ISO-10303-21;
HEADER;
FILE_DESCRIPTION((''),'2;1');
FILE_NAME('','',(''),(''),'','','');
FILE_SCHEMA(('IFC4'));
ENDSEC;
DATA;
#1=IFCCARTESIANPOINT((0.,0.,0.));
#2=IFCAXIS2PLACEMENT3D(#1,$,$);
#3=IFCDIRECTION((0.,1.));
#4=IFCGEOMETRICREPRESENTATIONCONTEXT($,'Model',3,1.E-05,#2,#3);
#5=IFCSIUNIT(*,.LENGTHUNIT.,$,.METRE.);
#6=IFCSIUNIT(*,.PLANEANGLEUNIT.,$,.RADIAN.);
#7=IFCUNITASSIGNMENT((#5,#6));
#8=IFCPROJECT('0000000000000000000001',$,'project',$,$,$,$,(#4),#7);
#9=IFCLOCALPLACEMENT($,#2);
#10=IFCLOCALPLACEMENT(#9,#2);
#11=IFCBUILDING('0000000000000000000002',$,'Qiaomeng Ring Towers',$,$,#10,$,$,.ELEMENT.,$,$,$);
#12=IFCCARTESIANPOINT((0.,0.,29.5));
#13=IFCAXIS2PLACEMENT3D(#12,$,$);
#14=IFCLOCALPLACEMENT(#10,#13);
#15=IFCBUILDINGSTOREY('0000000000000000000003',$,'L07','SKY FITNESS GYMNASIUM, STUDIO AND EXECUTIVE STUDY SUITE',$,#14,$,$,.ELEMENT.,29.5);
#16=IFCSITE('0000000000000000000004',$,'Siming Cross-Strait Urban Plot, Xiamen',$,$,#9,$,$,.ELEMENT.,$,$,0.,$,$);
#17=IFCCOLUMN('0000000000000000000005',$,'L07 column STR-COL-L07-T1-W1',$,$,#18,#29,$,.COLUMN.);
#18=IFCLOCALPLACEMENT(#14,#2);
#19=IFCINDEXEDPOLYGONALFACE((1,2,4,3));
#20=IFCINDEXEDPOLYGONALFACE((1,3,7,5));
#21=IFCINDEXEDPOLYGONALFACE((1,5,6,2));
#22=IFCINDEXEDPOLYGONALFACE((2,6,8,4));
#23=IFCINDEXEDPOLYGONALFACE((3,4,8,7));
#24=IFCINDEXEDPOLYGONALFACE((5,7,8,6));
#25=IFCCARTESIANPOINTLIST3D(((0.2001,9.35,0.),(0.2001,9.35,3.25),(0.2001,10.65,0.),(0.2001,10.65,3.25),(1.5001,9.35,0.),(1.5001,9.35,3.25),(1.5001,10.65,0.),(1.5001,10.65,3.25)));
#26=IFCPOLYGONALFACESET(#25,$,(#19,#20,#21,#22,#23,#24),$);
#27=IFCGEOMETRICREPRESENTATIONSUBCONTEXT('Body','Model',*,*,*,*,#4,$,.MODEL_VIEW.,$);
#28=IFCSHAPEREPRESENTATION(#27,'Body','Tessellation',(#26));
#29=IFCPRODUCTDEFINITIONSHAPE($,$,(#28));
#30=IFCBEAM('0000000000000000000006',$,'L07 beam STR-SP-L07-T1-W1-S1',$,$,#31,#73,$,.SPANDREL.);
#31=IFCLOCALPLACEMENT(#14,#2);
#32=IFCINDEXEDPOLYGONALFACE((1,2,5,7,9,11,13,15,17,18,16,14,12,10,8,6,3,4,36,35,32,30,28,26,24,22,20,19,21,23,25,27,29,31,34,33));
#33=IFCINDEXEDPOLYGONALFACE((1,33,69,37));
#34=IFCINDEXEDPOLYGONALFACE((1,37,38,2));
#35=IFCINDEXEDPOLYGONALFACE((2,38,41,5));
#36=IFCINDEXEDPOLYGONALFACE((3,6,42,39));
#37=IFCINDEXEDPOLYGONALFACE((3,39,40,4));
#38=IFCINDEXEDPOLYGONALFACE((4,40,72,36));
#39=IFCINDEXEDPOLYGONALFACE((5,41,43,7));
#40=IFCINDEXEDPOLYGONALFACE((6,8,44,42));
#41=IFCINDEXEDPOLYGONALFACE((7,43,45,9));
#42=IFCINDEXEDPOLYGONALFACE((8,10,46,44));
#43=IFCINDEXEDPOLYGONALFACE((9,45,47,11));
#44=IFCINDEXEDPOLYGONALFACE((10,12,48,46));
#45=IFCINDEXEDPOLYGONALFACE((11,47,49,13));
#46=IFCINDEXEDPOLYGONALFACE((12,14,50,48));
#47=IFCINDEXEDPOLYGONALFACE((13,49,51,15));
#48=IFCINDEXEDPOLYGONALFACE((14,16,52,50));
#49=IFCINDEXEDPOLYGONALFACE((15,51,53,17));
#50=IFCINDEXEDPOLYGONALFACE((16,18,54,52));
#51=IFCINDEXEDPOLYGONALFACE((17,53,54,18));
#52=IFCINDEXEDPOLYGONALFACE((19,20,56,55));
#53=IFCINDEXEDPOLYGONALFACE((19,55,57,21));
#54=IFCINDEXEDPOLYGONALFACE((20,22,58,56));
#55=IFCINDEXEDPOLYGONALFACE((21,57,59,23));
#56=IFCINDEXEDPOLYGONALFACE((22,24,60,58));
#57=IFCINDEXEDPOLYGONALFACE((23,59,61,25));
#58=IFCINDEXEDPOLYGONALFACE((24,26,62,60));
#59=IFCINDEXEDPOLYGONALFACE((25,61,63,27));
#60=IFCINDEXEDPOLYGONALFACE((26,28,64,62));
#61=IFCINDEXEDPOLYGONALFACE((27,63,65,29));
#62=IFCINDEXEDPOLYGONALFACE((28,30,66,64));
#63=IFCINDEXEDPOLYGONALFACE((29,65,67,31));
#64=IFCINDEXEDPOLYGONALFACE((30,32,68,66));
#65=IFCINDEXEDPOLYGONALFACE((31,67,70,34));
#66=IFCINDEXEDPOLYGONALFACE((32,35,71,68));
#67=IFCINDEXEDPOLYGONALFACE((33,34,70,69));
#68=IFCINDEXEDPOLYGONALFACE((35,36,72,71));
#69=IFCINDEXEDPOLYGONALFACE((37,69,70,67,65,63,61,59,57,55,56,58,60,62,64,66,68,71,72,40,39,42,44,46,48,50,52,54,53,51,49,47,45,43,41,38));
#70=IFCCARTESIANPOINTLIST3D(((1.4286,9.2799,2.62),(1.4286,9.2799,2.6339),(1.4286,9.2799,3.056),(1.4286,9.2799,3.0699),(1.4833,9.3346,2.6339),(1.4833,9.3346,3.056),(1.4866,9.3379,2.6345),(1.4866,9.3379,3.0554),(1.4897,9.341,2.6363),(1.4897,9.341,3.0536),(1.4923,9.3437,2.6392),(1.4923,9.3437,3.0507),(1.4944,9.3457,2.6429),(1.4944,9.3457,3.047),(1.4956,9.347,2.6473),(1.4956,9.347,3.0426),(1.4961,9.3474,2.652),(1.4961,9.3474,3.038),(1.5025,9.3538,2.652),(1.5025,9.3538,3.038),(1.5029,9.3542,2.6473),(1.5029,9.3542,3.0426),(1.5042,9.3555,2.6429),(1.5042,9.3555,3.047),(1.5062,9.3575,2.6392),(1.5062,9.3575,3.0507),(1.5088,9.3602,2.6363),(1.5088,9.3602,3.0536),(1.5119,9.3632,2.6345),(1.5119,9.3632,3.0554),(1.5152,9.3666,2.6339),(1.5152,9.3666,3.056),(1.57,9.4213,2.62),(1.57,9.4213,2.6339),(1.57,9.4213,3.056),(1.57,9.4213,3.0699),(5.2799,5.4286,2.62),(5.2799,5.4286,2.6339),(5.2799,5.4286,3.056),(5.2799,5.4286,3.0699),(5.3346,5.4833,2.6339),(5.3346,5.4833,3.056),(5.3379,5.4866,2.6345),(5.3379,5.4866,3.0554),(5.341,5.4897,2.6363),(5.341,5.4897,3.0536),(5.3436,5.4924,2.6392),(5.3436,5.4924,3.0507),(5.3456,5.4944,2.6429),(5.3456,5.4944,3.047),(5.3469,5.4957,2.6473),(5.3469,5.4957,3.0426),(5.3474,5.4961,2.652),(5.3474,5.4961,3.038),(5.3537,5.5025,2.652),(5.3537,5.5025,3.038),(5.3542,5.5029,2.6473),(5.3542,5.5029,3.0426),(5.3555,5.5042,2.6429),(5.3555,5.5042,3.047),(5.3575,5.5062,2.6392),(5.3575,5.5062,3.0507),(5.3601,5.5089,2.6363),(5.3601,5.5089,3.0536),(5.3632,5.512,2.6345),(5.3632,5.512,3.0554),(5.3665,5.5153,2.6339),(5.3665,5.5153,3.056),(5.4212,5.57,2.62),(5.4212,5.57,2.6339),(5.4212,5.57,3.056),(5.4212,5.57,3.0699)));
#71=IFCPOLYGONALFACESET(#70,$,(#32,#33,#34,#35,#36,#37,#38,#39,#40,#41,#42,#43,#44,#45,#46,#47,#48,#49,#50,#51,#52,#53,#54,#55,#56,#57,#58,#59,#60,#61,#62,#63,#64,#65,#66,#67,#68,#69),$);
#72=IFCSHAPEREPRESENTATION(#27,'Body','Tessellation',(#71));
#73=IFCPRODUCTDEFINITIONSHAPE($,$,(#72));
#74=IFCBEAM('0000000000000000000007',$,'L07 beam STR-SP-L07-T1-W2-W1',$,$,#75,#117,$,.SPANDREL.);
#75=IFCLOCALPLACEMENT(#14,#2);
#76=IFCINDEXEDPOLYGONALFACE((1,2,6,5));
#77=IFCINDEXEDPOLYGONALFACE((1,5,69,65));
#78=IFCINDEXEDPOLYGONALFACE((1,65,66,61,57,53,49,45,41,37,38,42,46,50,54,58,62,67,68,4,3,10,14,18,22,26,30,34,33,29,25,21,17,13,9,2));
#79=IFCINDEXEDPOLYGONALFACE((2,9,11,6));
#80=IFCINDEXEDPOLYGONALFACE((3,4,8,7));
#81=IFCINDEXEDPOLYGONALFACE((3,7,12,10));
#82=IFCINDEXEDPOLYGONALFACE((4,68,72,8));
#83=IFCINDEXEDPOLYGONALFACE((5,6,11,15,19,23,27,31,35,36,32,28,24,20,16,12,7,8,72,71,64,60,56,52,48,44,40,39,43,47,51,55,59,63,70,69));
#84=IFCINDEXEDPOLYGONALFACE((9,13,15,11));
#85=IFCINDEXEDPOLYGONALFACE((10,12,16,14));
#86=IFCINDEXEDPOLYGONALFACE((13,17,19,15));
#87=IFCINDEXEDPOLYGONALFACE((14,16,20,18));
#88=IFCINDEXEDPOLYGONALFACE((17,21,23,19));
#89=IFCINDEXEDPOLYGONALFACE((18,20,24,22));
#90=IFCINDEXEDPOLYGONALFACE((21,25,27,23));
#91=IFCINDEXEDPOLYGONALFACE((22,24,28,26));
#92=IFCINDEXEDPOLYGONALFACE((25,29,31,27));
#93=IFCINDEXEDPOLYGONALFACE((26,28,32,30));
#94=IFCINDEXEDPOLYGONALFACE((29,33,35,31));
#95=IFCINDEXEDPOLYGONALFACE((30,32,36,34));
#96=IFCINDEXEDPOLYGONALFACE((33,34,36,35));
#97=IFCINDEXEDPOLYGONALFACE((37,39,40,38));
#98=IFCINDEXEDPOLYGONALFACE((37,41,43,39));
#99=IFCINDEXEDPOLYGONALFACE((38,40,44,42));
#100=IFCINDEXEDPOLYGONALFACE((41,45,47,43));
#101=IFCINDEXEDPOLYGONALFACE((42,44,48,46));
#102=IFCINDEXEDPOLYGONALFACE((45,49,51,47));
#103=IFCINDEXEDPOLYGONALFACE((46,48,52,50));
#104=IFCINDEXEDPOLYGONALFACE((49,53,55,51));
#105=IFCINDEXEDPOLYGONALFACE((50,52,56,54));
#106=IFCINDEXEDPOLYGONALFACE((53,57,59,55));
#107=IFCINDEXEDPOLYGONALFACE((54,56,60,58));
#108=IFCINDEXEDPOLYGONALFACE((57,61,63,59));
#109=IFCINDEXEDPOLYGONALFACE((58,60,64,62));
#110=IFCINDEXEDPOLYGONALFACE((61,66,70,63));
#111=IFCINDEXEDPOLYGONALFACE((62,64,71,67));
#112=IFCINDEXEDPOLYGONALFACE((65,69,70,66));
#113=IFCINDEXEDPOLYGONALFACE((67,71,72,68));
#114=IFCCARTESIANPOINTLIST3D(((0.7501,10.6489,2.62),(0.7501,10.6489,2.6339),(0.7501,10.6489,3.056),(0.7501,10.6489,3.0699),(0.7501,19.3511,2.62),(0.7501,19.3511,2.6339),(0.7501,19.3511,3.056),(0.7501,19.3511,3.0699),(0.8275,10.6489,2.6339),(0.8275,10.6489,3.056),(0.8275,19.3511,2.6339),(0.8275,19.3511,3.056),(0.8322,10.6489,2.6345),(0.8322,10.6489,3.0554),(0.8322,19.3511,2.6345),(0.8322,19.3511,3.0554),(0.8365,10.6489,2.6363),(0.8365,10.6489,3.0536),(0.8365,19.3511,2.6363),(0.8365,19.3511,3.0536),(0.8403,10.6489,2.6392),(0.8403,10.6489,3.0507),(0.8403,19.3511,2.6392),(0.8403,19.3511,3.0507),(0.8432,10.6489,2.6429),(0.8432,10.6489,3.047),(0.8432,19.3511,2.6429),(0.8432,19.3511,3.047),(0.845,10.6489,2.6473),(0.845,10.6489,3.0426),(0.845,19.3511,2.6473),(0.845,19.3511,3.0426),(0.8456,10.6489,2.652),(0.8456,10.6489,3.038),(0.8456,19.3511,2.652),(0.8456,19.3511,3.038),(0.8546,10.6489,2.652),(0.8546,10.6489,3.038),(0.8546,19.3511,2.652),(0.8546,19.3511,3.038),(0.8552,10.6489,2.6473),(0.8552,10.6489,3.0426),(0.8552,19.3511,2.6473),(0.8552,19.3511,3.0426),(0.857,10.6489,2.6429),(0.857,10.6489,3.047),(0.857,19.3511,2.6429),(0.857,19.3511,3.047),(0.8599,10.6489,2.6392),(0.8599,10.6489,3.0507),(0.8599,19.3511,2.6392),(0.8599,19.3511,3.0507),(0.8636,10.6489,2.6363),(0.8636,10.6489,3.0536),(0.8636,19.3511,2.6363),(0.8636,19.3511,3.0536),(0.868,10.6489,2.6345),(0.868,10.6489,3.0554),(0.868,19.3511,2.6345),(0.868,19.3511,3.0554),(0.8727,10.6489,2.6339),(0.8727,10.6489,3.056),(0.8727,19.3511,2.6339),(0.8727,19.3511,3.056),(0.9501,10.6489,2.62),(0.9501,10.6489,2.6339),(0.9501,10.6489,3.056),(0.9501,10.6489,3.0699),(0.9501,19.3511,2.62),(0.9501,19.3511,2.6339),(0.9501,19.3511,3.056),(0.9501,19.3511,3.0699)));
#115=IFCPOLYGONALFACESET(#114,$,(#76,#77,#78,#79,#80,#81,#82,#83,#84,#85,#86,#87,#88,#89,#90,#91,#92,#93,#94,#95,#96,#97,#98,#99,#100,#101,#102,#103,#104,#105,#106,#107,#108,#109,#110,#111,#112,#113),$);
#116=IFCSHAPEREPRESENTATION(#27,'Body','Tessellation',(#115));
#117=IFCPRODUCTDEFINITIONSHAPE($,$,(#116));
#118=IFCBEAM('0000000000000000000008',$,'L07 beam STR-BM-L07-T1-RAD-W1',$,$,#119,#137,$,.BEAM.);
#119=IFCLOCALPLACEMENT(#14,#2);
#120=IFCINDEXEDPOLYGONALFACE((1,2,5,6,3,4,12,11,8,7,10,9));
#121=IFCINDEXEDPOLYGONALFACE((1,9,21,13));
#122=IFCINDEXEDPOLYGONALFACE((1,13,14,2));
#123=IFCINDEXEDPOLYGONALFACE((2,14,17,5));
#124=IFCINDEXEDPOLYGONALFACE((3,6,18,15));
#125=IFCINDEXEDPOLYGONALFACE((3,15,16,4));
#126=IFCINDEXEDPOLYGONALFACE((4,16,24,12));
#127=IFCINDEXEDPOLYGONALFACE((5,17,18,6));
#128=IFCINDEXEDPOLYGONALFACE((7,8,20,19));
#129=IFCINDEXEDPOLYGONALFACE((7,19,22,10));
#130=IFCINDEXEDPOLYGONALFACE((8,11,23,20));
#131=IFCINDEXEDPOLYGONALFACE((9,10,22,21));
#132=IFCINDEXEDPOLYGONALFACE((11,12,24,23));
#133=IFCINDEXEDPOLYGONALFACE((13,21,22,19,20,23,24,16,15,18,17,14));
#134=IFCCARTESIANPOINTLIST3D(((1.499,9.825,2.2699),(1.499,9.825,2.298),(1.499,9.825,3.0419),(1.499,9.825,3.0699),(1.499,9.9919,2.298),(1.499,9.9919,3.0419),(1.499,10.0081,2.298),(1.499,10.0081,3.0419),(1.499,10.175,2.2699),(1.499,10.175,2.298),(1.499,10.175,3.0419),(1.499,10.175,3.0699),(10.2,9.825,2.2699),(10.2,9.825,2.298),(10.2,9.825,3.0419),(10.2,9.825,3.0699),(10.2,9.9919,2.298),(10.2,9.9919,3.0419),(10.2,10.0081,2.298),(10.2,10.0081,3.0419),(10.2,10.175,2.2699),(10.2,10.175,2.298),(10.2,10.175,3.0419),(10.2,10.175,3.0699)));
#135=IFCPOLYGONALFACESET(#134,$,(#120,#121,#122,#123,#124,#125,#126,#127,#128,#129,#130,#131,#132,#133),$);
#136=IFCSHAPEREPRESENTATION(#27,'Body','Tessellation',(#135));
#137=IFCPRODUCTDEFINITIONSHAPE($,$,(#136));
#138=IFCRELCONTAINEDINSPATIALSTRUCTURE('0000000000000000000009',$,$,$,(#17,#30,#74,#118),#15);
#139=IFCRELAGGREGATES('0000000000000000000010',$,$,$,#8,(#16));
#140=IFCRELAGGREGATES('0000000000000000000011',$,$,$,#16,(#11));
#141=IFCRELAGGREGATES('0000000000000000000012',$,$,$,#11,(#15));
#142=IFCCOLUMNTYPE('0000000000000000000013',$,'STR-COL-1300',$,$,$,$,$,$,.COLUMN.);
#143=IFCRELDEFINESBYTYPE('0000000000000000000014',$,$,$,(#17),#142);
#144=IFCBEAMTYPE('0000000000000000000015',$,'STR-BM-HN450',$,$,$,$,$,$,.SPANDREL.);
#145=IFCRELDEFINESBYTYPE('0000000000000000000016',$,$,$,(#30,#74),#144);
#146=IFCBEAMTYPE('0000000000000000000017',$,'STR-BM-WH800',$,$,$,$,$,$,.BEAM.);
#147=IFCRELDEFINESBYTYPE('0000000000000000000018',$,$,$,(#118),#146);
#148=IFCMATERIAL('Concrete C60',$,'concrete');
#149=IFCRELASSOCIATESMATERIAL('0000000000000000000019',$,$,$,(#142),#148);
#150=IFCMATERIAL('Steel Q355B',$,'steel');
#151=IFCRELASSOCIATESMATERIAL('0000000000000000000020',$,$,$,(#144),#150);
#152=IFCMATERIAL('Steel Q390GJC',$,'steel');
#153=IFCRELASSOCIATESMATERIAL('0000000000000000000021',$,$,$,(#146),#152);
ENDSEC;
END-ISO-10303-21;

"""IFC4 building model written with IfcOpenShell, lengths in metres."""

from ifc_helpers import new_model, si_unit, direction, frame, origin, origin_2d, place, context, subcontext, project, spatial, rectangle, i_section, extrude, source, transform, mapped, material, material_profile, profile_set, type_object, element, save


model = new_model("IFC4")

# Units and contexts
model_context = context("Model", 3, precision=1e-05, world=origin(), true_north=direction((0.0, 1.0)))
body_context = subcontext(model_context, "Body", "Model", "MODEL_VIEW")
ifc_project = project(units=[si_unit("LENGTHUNIT", "METRE"), si_unit("PLANEANGLEUNIT", "RADIAN")], contexts=[model_context])

# Site, building, storey
site_placement = place(None, origin())
site = spatial("IfcSite", under=ifc_project, at=site_placement, Name="Siming Cross-Strait Urban Plot, Xiamen", CompositionType="ELEMENT", RefElevation=0.0)
building_placement = place(site_placement, origin())
building = spatial("IfcBuilding", under=site, at=building_placement, Name="Qiaomeng Ring Towers", CompositionType="ELEMENT")
storey_placement = place(building_placement, frame((0.0, 0.0, 29.5)))
storey = spatial("IfcBuildingStorey", under=building, at=storey_placement, Name="L07", Description="SKY FITNESS GYMNASIUM, STUDIO AND EXECUTIVE STUDY SUITE", CompositionType="ELEMENT", Elevation=29.5)

# Column
ifc_material_1 = material(Name="Concrete C60", Category="concrete")
ifc_material_profile_1 = material_profile(ifc_material_1, rectangle(XDim=1.3, YDim=1.3, at=origin_2d()), Name="RC COL 1300x1300")
ifc_profile_set_1 = profile_set([ifc_material_profile_1], Name="Concrete C60")
column_type = type_object("IfcColumnType", Name="STR-COL-1300", PredefinedType="COLUMN", material=ifc_profile_set_1)
shared_shape_1 = source(origin(), body_context, "Body", "SweptSolid", [
    extrude(rectangle(XDim=1.3, YDim=1.3, at=origin_2d()), origin(), (0.0, 0.0, 1.0), 3.25),
])
column_placement = place(storey_placement, frame((0.8501, 10.0, 0.0), z_axis=(0.0, 0.0, 1.0), x_axis=(1.0, 0.0, 0.0)))
element("IfcColumn", 1, at=column_placement, inside=storey, type_object=column_type, Name="L07 column STR-COL-L07-T1-W1", PredefinedType="COLUMN", context=body_context, shape_type="MappedRepresentation", body=[
    mapped(shared_shape_1, transform((0.0, 0.0, 0.0), x_axis=(1.0, 0.0, 0.0), y_axis=(0.0, 1.0, 0.0), z_axis=(0.0, 0.0, 1.0), scale=1.0)),
])

# Beams
ifc_material_2 = material(Name="Steel Q355B", Category="steel")
ifc_material_profile_2 = material_profile(ifc_material_2, i_section(OverallWidth=0.2, OverallDepth=0.45, WebThickness=0.009, FlangeThickness=0.0139, FilletRadius=0.0181, at=origin_2d()), Name="HN 450x200x9x14")
ifc_profile_set_2 = profile_set([ifc_material_profile_2], Name="Steel Q355B")
beam_type_1 = type_object("IfcBeamType", Name="STR-BM-HN450", PredefinedType="SPANDREL", material=ifc_profile_set_2)
shared_shape_2 = source(origin(), body_context, "Body", "SweptSolid", [
    extrude(i_section(OverallWidth=0.2, OverallDepth=0.45, WebThickness=0.009, FlangeThickness=0.0139, FilletRadius=0.0181, at=origin_2d()), origin(), (0.0, 0.0, 1.0), 5.4465),
])
beam_1_placement = place(storey_placement, frame((1.4993, 9.3506, 2.845), z_axis=(0.707107, -0.707107, 0.0), x_axis=(0.707107, 0.707107, 0.0)))
element("IfcBeam", 2, at=beam_1_placement, inside=storey, type_object=beam_type_1, Name="L07 beam STR-SP-L07-T1-W1-S1", PredefinedType="SPANDREL", context=body_context, shape_type="MappedRepresentation", body=[
    mapped(shared_shape_2, transform((0.0, 0.0, 0.0), x_axis=(1.0, 0.0, 0.0), y_axis=(0.0, 1.0, 0.0), z_axis=(0.0, 0.0, 1.0), scale=1.0)),
])
shared_shape_3 = source(origin(), body_context, "Body", "SweptSolid", [
    extrude(i_section(OverallWidth=0.2, OverallDepth=0.45, WebThickness=0.009, FlangeThickness=0.0139, FilletRadius=0.0181, at=origin_2d()), origin(), (0.0, 0.0, 1.0), 8.7021),
])
beam_2_placement = place(storey_placement, frame((0.8501, 19.3511, 2.845), z_axis=(0.0, -1.0, 0.0), x_axis=(1.0, 0.0, 0.0)))
element("IfcBeam", 3, at=beam_2_placement, inside=storey, type_object=beam_type_1, Name="L07 beam STR-SP-L07-T1-W2-W1", PredefinedType="SPANDREL", context=body_context, shape_type="MappedRepresentation", body=[
    mapped(shared_shape_3, transform((0.0, 0.0, 0.0), x_axis=(1.0, 0.0, 0.0), y_axis=(0.0, 1.0, 0.0), z_axis=(0.0, 0.0, 1.0), scale=1.0)),
])
ifc_material_3 = material(Name="Steel Q390GJC", Category="steel")
ifc_material_profile_3 = material_profile(ifc_material_3, i_section(OverallWidth=0.3501, OverallDepth=0.8, WebThickness=0.0161, FlangeThickness=0.0281, at=origin_2d()), Name="WH 800x350x16x28")
ifc_profile_set_3 = profile_set([ifc_material_profile_3], Name="Steel Q390GJC")
beam_type_2 = type_object("IfcBeamType", Name="STR-BM-WH800", PredefinedType="BEAM", material=ifc_profile_set_3)
shared_shape_4 = source(origin(), body_context, "Body", "SweptSolid", [
    extrude(i_section(OverallWidth=0.3501, OverallDepth=0.8, WebThickness=0.0161, FlangeThickness=0.0281, at=origin_2d()), origin(), (0.0, 0.0, 1.0), 8.7009),
])
beam_3_placement = place(storey_placement, frame((1.499, 10.0, 2.6699), z_axis=(1.0, 0.0, 0.0), x_axis=(0.0, 1.0, 0.0)))
element("IfcBeam", 4, at=beam_3_placement, inside=storey, type_object=beam_type_2, Name="L07 beam STR-BM-L07-T1-RAD-W1", PredefinedType="BEAM", context=body_context, shape_type="MappedRepresentation", body=[
    mapped(shared_shape_4, transform((0.0, 0.0, 0.0), x_axis=(1.0, 0.0, 0.0), y_axis=(0.0, 1.0, 0.0), z_axis=(0.0, 0.0, 1.0), scale=1.0)),
])

save(model, "model.ifc")
